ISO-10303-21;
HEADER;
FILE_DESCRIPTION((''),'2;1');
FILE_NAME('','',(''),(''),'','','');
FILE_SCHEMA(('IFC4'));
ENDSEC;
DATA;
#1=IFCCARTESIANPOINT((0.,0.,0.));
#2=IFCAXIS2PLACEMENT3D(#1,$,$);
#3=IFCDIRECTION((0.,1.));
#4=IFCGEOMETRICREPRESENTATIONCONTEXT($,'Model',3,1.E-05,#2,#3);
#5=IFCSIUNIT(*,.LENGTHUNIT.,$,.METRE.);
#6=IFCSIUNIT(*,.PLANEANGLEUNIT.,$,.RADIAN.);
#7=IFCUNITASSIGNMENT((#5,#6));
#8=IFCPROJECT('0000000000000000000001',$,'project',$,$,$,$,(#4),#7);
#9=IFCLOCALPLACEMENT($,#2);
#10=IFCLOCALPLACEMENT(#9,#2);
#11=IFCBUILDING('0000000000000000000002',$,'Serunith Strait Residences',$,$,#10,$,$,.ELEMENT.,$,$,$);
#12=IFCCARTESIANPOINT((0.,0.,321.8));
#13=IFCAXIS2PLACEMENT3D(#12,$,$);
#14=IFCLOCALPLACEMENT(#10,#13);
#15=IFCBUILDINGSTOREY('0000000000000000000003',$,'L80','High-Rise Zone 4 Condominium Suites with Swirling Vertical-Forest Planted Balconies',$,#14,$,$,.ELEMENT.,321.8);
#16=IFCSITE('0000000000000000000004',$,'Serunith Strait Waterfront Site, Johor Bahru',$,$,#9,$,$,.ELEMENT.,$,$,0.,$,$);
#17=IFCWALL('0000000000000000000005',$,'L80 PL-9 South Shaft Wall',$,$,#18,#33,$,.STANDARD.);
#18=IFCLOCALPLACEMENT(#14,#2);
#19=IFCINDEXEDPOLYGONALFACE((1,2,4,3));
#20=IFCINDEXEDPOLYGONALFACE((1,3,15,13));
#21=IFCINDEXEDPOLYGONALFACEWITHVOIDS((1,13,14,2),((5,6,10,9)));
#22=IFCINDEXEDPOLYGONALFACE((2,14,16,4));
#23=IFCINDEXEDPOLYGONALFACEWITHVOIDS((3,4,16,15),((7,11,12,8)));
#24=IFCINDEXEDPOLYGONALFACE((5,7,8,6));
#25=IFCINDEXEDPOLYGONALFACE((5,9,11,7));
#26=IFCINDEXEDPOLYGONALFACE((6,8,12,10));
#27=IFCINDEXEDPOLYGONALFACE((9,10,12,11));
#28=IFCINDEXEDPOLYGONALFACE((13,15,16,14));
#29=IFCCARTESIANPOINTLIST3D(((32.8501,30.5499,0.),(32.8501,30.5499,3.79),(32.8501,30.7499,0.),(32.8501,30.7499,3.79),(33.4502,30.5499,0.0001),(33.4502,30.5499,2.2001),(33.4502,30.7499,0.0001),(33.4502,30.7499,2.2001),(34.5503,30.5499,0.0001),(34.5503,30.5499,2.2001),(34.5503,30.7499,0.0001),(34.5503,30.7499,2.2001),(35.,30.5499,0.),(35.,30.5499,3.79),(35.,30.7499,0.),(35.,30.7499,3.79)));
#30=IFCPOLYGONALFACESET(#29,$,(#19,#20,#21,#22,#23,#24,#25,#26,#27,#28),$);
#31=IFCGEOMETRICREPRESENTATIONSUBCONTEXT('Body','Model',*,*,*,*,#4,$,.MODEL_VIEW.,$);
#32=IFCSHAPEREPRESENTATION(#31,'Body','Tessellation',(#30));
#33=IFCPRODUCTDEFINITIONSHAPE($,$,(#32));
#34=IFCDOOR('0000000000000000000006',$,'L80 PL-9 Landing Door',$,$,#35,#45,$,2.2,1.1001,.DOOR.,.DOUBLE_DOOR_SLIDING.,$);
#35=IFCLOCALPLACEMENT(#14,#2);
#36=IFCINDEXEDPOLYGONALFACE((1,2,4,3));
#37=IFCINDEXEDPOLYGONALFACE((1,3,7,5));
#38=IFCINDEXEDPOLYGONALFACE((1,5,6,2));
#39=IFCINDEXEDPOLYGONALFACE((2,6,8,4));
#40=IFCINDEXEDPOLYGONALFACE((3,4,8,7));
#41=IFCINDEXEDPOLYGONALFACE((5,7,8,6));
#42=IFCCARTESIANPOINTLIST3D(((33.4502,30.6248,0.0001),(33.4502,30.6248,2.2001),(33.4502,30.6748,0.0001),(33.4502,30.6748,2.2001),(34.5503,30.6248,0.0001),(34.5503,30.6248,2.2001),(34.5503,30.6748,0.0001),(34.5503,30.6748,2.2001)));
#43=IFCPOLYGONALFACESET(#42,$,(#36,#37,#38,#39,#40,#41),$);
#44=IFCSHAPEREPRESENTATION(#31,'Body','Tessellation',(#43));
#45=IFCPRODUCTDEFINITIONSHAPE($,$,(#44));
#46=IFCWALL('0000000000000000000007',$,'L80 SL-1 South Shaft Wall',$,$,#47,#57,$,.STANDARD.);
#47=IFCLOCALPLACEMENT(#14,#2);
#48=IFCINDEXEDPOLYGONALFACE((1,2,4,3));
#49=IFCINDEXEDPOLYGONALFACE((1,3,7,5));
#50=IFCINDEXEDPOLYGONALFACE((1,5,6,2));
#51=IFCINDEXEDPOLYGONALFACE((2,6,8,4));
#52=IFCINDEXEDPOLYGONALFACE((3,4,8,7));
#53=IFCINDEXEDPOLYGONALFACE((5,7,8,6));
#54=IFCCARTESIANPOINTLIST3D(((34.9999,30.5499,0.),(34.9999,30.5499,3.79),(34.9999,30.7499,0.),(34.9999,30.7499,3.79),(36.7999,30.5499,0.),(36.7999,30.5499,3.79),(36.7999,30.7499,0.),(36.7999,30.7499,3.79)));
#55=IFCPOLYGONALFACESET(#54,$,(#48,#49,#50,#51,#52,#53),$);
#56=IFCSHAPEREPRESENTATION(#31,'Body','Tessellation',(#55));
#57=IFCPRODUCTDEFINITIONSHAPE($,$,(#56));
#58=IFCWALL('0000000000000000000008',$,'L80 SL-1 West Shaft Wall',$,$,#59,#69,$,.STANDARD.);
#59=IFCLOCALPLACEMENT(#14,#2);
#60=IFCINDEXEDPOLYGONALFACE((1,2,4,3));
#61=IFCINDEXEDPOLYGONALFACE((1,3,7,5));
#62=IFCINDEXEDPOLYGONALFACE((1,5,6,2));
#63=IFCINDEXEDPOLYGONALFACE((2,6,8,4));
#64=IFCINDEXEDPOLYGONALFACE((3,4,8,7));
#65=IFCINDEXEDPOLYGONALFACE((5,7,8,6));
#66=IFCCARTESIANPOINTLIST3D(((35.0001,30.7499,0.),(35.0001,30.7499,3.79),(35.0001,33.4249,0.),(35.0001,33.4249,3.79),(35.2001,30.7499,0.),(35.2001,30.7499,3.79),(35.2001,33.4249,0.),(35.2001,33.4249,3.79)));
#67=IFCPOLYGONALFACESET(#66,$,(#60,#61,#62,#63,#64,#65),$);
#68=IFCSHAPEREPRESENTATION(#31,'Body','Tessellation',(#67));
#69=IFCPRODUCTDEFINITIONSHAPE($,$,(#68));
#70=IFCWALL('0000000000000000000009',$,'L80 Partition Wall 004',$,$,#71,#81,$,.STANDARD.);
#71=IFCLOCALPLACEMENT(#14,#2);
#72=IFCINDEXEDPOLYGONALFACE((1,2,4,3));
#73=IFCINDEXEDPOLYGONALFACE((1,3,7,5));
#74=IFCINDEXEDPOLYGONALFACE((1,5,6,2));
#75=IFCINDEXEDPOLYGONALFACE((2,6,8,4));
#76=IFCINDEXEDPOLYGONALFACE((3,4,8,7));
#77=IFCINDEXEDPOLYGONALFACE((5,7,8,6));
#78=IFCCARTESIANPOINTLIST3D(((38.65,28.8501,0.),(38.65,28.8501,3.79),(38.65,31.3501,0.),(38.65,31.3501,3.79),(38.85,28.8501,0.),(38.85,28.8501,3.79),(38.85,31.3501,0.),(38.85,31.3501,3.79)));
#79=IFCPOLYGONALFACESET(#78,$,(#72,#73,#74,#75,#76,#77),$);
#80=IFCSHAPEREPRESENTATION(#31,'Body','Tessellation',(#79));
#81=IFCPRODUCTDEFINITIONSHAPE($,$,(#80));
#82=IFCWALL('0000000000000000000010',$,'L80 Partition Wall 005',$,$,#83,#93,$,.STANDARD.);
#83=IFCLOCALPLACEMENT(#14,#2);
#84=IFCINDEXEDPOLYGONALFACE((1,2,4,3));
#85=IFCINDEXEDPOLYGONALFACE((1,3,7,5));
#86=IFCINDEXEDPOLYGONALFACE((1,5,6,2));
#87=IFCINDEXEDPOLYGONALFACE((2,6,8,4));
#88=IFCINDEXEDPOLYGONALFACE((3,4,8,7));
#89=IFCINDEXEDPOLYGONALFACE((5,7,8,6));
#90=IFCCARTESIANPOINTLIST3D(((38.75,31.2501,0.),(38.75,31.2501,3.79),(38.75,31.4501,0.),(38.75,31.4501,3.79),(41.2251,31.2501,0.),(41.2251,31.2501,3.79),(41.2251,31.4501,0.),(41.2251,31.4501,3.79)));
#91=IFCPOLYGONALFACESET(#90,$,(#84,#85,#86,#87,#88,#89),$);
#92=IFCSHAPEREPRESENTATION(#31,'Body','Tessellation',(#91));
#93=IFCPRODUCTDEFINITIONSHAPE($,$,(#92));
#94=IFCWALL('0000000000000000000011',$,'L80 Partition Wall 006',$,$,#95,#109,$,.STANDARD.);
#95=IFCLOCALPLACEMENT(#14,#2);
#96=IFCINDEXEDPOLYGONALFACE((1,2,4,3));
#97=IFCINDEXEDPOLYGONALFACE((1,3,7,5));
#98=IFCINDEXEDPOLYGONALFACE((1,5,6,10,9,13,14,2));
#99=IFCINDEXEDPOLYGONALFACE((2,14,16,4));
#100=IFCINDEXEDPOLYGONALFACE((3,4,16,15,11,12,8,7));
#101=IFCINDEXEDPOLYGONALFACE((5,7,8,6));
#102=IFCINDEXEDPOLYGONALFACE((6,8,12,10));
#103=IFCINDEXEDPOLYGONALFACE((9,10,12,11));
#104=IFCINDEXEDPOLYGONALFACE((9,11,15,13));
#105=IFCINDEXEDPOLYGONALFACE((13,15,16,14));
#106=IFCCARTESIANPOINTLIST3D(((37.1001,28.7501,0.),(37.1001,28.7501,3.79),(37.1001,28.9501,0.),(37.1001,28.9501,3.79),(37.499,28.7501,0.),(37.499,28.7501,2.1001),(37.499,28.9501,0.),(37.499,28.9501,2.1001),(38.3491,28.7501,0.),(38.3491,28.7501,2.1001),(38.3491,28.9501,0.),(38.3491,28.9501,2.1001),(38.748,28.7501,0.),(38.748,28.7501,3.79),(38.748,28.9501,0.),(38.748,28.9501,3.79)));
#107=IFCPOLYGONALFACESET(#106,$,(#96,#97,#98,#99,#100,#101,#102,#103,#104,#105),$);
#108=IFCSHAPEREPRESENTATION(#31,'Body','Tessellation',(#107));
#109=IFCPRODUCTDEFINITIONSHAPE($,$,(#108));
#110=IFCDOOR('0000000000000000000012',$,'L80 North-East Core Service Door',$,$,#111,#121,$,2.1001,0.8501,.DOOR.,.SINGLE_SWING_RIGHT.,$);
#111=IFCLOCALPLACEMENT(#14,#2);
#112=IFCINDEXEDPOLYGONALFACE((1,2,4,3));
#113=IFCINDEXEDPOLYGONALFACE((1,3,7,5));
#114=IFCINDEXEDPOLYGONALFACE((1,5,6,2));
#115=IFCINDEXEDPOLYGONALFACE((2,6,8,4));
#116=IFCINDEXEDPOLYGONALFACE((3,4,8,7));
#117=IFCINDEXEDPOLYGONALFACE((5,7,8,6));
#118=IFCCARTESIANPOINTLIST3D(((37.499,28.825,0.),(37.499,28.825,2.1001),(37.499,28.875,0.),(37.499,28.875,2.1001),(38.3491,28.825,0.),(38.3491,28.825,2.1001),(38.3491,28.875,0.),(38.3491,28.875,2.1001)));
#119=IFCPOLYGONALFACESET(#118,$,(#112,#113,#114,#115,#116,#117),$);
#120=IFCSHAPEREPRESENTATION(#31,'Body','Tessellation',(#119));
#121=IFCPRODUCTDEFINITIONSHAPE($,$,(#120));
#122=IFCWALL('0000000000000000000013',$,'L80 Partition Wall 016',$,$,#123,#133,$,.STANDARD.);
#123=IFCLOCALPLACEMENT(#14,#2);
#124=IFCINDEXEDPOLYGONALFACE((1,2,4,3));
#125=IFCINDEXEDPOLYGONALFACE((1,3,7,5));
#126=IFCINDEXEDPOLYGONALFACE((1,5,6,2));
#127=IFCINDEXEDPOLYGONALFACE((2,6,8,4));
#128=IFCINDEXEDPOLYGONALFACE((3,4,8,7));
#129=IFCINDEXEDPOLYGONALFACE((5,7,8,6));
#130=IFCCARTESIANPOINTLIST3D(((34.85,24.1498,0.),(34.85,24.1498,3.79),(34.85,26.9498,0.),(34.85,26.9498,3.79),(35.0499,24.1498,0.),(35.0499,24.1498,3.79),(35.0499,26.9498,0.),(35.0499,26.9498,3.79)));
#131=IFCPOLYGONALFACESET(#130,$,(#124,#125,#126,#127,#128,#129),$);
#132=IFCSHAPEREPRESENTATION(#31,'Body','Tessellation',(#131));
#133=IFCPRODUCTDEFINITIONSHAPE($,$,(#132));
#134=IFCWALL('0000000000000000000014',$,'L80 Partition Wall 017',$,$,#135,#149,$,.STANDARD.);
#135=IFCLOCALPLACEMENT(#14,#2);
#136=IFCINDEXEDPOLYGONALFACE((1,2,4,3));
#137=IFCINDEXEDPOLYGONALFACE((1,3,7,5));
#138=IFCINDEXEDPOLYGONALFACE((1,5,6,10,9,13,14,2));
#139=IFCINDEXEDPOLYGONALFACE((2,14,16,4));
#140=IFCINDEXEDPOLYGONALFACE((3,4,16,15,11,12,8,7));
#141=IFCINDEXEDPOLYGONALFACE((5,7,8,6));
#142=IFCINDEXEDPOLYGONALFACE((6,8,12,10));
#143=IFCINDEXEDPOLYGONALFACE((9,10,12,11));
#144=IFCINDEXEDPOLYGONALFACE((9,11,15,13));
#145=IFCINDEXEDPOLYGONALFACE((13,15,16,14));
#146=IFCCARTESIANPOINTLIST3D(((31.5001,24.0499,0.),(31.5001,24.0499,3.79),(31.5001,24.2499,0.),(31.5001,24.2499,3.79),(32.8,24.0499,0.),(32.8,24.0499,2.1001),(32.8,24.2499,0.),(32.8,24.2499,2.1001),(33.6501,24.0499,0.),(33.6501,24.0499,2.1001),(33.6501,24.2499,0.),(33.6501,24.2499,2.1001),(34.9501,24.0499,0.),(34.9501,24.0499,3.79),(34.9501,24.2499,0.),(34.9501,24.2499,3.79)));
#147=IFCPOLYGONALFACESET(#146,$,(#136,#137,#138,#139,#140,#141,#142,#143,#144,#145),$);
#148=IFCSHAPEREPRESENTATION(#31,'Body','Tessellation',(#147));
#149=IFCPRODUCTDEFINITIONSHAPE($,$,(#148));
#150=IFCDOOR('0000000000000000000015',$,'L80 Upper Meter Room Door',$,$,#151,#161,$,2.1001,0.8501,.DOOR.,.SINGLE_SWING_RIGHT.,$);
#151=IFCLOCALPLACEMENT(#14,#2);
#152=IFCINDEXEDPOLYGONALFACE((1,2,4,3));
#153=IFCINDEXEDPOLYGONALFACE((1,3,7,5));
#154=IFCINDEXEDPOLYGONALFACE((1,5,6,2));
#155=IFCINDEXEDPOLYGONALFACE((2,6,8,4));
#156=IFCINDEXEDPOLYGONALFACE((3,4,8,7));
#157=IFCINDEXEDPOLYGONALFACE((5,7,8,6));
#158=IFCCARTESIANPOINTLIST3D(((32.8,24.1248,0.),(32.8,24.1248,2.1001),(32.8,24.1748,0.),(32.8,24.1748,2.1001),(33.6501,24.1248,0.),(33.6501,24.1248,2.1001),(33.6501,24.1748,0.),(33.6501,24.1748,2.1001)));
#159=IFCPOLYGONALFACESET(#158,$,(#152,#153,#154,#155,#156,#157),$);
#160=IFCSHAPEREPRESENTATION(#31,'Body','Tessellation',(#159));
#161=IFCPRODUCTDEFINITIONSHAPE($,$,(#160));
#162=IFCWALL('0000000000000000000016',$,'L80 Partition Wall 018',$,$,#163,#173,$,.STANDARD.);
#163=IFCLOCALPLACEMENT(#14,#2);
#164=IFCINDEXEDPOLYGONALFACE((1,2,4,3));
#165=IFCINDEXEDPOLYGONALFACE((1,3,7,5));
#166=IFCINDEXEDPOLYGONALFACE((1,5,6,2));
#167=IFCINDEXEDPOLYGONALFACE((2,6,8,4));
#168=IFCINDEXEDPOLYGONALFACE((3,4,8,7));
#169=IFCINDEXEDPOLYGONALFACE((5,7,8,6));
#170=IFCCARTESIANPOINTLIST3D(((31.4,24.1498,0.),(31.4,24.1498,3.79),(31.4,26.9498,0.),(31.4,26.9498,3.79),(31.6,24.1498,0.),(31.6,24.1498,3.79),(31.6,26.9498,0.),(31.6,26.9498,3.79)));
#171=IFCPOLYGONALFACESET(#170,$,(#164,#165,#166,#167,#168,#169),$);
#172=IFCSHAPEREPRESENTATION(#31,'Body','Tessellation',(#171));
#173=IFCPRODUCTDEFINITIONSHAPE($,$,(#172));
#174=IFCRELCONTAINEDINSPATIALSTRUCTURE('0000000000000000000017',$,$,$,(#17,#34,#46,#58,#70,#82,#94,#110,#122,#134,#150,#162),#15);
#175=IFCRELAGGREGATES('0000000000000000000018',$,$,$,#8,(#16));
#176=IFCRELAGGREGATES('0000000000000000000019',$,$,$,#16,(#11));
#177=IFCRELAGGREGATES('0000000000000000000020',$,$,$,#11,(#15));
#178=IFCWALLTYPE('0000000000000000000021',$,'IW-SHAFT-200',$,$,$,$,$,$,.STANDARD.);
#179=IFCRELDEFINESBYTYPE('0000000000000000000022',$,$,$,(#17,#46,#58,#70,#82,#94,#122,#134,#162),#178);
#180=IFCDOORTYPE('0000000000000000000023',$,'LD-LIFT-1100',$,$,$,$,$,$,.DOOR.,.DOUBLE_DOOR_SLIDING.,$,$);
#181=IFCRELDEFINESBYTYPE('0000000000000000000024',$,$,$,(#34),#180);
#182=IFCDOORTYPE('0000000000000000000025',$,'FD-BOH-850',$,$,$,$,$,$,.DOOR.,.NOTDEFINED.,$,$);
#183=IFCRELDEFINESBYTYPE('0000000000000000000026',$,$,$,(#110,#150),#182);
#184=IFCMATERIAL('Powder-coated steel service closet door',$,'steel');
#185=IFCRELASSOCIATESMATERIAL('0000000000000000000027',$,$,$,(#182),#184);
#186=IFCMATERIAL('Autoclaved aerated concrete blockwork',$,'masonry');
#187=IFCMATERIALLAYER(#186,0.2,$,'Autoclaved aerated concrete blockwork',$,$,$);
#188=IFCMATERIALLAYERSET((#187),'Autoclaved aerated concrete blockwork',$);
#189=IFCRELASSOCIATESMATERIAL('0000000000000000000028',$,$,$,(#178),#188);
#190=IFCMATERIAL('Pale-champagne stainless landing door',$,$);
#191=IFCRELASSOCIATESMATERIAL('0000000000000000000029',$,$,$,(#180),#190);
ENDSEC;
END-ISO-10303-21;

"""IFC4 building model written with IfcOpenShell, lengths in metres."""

from ifc_helpers import new_model, si_unit, direction, frame, frame_2d, origin, place, context, subcontext, project, spatial, rectangle, extrude, source, transform, mapped, material, layer, layer_set, type_object, element, fill, save


model = new_model("IFC4")

# Units and contexts
model_context = context("Model", 3, precision=1e-05, world=origin(), true_north=direction((0.0, 1.0)))
body_context = subcontext(model_context, "Body", "Model", "MODEL_VIEW")
ifc_project = project(units=[si_unit("LENGTHUNIT", "METRE"), si_unit("PLANEANGLEUNIT", "RADIAN")], contexts=[model_context])

# Site, building, storey
site_placement = place(None, origin())
site = spatial("IfcSite", under=ifc_project, at=site_placement, Name="Serunith Strait Waterfront Site, Johor Bahru", CompositionType="ELEMENT", RefElevation=0.0)
building_placement = place(site_placement, origin())
building = spatial("IfcBuilding", under=site, at=building_placement, Name="Serunith Strait Residences", CompositionType="ELEMENT")
storey_placement = place(building_placement, frame((0.0, 0.0, 321.8)))
storey = spatial("IfcBuildingStorey", under=building, at=storey_placement, Name="L80", Description="High-Rise Zone 4 Condominium Suites with Swirling Vertical-Forest Planted Balconies", CompositionType="ELEMENT", Elevation=321.8)

# Wall, opening, door
ifc_material_1 = material(Name="Powder-coated steel service closet door", Category="steel")
door_type_1 = type_object("IfcDoorType", Name="FD-BOH-850", OperationType="NOTDEFINED", PredefinedType="DOOR", material=ifc_material_1)
shared_shape_1 = source(origin(), body_context, "Body", "SweptSolid", [
    extrude(rectangle(XDim=0.8501, YDim=2.1001, at=frame_2d((0.425, 1.05))), frame((0.0, 0.0249, 0.0), z_axis=(0.0, -1.0, 0.0), x_axis=(1.0, 0.0, 0.0)), (0.0, 0.0, 1.0), 0.05),
])
ifc_material_2 = material(Name="Autoclaved aerated concrete blockwork", Category="masonry")
ifc_layer_1 = layer(ifc_material_2, 0.2, Name="Autoclaved aerated concrete blockwork")
ifc_layer_set_1 = layer_set([ifc_layer_1], Name="Autoclaved aerated concrete blockwork")
wall_type_1 = type_object("IfcWallType", Name="IW-SHAFT-200", PredefinedType="STANDARD", material=ifc_layer_set_1)
wall_1_placement = place(storey_placement, frame((32.8501, 30.6499, 0.0), z_axis=(0.0, 0.0, 1.0), x_axis=(1.0, 0.0, 0.0)))
wall_1 = element("IfcWall", 1, at=wall_1_placement, inside=storey, type_object=wall_type_1, Name="L80 PL-9 South Shaft Wall", PredefinedType="STANDARD", context=body_context, shape_type="SweptSolid", body=[
    extrude(rectangle(XDim=2.1499, YDim=0.2, at=frame_2d((1.075, 0.0))), origin(), (0.0, 0.0, 1.0), 3.79),
])
opening_1_placement = place(wall_1_placement, frame((0.6001, 0.0, 0.0)))
opening_1 = element("IfcOpeningElement", 2, at=opening_1_placement, cuts=wall_1, PredefinedType="OPENING", context=body_context, shape_type="SweptSolid", body=[
    extrude(rectangle(XDim=1.1001, YDim=2.2, at=frame_2d((0.55, 1.1001))), frame((0.0, 0.1099, 0.0), z_axis=(0.0, -1.0, 0.0), x_axis=(1.0, 0.0, 0.0)), (0.0, 0.0, 1.0), 0.22),
])
ifc_material_3 = material(Name="Pale-champagne stainless landing door")
door_type_2 = type_object("IfcDoorType", Name="LD-LIFT-1100", OperationType="DOUBLE_DOOR_SLIDING", PredefinedType="DOOR", material=ifc_material_3)
shared_shape_2 = source(origin(), body_context, "Body", "SweptSolid", [
    extrude(rectangle(XDim=1.1001, YDim=2.2, at=frame_2d((0.55, 1.1001))), frame((0.0, 0.0249, 0.0), z_axis=(0.0, -1.0, 0.0), x_axis=(1.0, 0.0, 0.0)), (0.0, 0.0, 1.0), 0.05),
])
door_1_placement = place(opening_1_placement, origin())
door_1 = element("IfcDoor", 3, at=door_1_placement, inside=storey, type_object=door_type_2, Name="L80 PL-9 Landing Door", OperationType="DOUBLE_DOOR_SLIDING", OverallHeight=2.2, OverallWidth=1.1001, PredefinedType="DOOR", context=body_context, shape_type="MappedRepresentation", body=[
    mapped(shared_shape_2, transform((0.0, 0.0, 0.0), scale=1.0)),
])
fill(opening_1, door_1)

# Walls
wall_2_placement = place(storey_placement, frame((35.0, 30.6499, 0.0), z_axis=(0.0, 0.0, 1.0), x_axis=(1.0, 0.0, 0.0)))
element("IfcWall", 4, at=wall_2_placement, inside=storey, type_object=wall_type_1, Name="L80 SL-1 South Shaft Wall", PredefinedType="STANDARD", context=body_context, shape_type="SweptSolid", body=[
    extrude(rectangle(XDim=1.8, YDim=0.2, at=frame_2d((0.8999, 0.0))), origin(), (0.0, 0.0, 1.0), 3.79),
])
wall_3_placement = place(storey_placement, frame((35.1001, 30.75, 0.0), z_axis=(0.0, 0.0, 1.0), x_axis=(0.0, 1.0, 0.0)))
element("IfcWall", 5, at=wall_3_placement, inside=storey, type_object=wall_type_1, Name="L80 SL-1 West Shaft Wall", PredefinedType="STANDARD", context=body_context, shape_type="SweptSolid", body=[
    extrude(rectangle(XDim=2.675, YDim=0.2, at=frame_2d((1.3374, 0.0))), origin(), (0.0, 0.0, 1.0), 3.79),
])
wall_4_placement = place(storey_placement, frame((38.75, 28.8501, 0.0), z_axis=(0.0, 0.0, 1.0), x_axis=(0.0, 1.0, 0.0)))
element("IfcWall", 6, at=wall_4_placement, inside=storey, type_object=wall_type_1, Name="L80 Partition Wall 004", PredefinedType="STANDARD", context=body_context, shape_type="SweptSolid", body=[
    extrude(rectangle(XDim=2.5, YDim=0.2, at=frame_2d((1.25, 0.0))), origin(), (0.0, 0.0, 1.0), 3.79),
])
wall_5_placement = place(storey_placement, frame((38.75, 31.3501, 0.0), z_axis=(0.0, 0.0, 1.0), x_axis=(1.0, 0.0, 0.0)))
element("IfcWall", 7, at=wall_5_placement, inside=storey, type_object=wall_type_1, Name="L80 Partition Wall 005", PredefinedType="STANDARD", context=body_context, shape_type="SweptSolid", body=[
    extrude(rectangle(XDim=2.4751, YDim=0.2, at=frame_2d((1.2375, 0.0))), origin(), (0.0, 0.0, 1.0), 3.79),
])

# Wall, opening, door
wall_6_placement = place(storey_placement, frame((37.1001, 28.8501, 0.0), z_axis=(0.0, 0.0, 1.0), x_axis=(1.0, 0.0, 0.0)))
wall_6 = element("IfcWall", 8, at=wall_6_placement, inside=storey, type_object=wall_type_1, Name="L80 Partition Wall 006", PredefinedType="STANDARD", context=body_context, shape_type="SweptSolid", body=[
    extrude(rectangle(XDim=1.6479, YDim=0.2, at=frame_2d((0.824, 0.0))), origin(), (0.0, 0.0, 1.0), 3.79),
])
opening_2_placement = place(wall_6_placement, frame((0.3989, 0.0, 0.0)))
opening_2 = element("IfcOpeningElement", 9, at=opening_2_placement, cuts=wall_6, PredefinedType="OPENING", context=body_context, shape_type="SweptSolid", body=[
    extrude(rectangle(XDim=0.8501, YDim=2.1001, at=frame_2d((0.425, 1.05))), frame((0.0, 0.1099, 0.0), z_axis=(0.0, -1.0, 0.0), x_axis=(1.0, 0.0, 0.0)), (0.0, 0.0, 1.0), 0.22),
])
door_2_placement = place(opening_2_placement, origin())
door_2 = element("IfcDoor", 10, at=door_2_placement, inside=storey, type_object=door_type_1, Name="L80 North-East Core Service Door", OperationType="SINGLE_SWING_RIGHT", OverallHeight=2.1001, OverallWidth=0.8501, PredefinedType="DOOR", context=body_context, shape_type="MappedRepresentation", body=[
    mapped(shared_shape_1, transform((0.0, 0.0, 0.0), scale=1.0)),
])
fill(opening_2, door_2)

# Wall
wall_7_placement = place(storey_placement, frame((34.95, 24.1499, 0.0), z_axis=(0.0, 0.0, 1.0), x_axis=(0.0, 1.0, 0.0)))
element("IfcWall", 11, at=wall_7_placement, inside=storey, type_object=wall_type_1, Name="L80 Partition Wall 016", PredefinedType="STANDARD", context=body_context, shape_type="SweptSolid", body=[
    extrude(rectangle(XDim=2.8, YDim=0.2, at=frame_2d((1.3999, 0.0))), origin(), (0.0, 0.0, 1.0), 3.79),
])

# Wall, opening, door
wall_8_placement = place(storey_placement, frame((31.5, 24.1499, 0.0), z_axis=(0.0, 0.0, 1.0), x_axis=(1.0, 0.0, 0.0)))
wall_8 = element("IfcWall", 12, at=wall_8_placement, inside=storey, type_object=wall_type_1, Name="L80 Partition Wall 017", PredefinedType="STANDARD", context=body_context, shape_type="SweptSolid", body=[
    extrude(rectangle(XDim=3.45, YDim=0.2, at=frame_2d((1.7251, 0.0))), origin(), (0.0, 0.0, 1.0), 3.79),
])
opening_3_placement = place(wall_8_placement, frame((1.3, 0.0, 0.0)))
opening_3 = element("IfcOpeningElement", 13, at=opening_3_placement, cuts=wall_8, PredefinedType="OPENING", context=body_context, shape_type="SweptSolid", body=[
    extrude(rectangle(XDim=0.8501, YDim=2.1001, at=frame_2d((0.425, 1.05))), frame((0.0, 0.1099, 0.0), z_axis=(0.0, -1.0, 0.0), x_axis=(1.0, 0.0, 0.0)), (0.0, 0.0, 1.0), 0.22),
])
door_3_placement = place(opening_3_placement, origin())
door_3 = element("IfcDoor", 14, at=door_3_placement, inside=storey, type_object=door_type_1, Name="L80 Upper Meter Room Door", OperationType="SINGLE_SWING_RIGHT", OverallHeight=2.1001, OverallWidth=0.8501, PredefinedType="DOOR", context=body_context, shape_type="MappedRepresentation", body=[
    mapped(shared_shape_1, transform((0.0, 0.0, 0.0), scale=1.0)),
])
fill(opening_3, door_3)

# Wall
wall_9_placement = place(storey_placement, frame((31.5, 24.1499, 0.0), z_axis=(0.0, 0.0, 1.0), x_axis=(0.0, 1.0, 0.0)))
element("IfcWall", 15, at=wall_9_placement, inside=storey, type_object=wall_type_1, Name="L80 Partition Wall 018", PredefinedType="STANDARD", context=body_context, shape_type="SweptSolid", body=[
    extrude(rectangle(XDim=2.8, YDim=0.2, at=frame_2d((1.3999, 0.0))), origin(), (0.0, 0.0, 1.0), 3.79),
])

save(model, "model.ifc")
